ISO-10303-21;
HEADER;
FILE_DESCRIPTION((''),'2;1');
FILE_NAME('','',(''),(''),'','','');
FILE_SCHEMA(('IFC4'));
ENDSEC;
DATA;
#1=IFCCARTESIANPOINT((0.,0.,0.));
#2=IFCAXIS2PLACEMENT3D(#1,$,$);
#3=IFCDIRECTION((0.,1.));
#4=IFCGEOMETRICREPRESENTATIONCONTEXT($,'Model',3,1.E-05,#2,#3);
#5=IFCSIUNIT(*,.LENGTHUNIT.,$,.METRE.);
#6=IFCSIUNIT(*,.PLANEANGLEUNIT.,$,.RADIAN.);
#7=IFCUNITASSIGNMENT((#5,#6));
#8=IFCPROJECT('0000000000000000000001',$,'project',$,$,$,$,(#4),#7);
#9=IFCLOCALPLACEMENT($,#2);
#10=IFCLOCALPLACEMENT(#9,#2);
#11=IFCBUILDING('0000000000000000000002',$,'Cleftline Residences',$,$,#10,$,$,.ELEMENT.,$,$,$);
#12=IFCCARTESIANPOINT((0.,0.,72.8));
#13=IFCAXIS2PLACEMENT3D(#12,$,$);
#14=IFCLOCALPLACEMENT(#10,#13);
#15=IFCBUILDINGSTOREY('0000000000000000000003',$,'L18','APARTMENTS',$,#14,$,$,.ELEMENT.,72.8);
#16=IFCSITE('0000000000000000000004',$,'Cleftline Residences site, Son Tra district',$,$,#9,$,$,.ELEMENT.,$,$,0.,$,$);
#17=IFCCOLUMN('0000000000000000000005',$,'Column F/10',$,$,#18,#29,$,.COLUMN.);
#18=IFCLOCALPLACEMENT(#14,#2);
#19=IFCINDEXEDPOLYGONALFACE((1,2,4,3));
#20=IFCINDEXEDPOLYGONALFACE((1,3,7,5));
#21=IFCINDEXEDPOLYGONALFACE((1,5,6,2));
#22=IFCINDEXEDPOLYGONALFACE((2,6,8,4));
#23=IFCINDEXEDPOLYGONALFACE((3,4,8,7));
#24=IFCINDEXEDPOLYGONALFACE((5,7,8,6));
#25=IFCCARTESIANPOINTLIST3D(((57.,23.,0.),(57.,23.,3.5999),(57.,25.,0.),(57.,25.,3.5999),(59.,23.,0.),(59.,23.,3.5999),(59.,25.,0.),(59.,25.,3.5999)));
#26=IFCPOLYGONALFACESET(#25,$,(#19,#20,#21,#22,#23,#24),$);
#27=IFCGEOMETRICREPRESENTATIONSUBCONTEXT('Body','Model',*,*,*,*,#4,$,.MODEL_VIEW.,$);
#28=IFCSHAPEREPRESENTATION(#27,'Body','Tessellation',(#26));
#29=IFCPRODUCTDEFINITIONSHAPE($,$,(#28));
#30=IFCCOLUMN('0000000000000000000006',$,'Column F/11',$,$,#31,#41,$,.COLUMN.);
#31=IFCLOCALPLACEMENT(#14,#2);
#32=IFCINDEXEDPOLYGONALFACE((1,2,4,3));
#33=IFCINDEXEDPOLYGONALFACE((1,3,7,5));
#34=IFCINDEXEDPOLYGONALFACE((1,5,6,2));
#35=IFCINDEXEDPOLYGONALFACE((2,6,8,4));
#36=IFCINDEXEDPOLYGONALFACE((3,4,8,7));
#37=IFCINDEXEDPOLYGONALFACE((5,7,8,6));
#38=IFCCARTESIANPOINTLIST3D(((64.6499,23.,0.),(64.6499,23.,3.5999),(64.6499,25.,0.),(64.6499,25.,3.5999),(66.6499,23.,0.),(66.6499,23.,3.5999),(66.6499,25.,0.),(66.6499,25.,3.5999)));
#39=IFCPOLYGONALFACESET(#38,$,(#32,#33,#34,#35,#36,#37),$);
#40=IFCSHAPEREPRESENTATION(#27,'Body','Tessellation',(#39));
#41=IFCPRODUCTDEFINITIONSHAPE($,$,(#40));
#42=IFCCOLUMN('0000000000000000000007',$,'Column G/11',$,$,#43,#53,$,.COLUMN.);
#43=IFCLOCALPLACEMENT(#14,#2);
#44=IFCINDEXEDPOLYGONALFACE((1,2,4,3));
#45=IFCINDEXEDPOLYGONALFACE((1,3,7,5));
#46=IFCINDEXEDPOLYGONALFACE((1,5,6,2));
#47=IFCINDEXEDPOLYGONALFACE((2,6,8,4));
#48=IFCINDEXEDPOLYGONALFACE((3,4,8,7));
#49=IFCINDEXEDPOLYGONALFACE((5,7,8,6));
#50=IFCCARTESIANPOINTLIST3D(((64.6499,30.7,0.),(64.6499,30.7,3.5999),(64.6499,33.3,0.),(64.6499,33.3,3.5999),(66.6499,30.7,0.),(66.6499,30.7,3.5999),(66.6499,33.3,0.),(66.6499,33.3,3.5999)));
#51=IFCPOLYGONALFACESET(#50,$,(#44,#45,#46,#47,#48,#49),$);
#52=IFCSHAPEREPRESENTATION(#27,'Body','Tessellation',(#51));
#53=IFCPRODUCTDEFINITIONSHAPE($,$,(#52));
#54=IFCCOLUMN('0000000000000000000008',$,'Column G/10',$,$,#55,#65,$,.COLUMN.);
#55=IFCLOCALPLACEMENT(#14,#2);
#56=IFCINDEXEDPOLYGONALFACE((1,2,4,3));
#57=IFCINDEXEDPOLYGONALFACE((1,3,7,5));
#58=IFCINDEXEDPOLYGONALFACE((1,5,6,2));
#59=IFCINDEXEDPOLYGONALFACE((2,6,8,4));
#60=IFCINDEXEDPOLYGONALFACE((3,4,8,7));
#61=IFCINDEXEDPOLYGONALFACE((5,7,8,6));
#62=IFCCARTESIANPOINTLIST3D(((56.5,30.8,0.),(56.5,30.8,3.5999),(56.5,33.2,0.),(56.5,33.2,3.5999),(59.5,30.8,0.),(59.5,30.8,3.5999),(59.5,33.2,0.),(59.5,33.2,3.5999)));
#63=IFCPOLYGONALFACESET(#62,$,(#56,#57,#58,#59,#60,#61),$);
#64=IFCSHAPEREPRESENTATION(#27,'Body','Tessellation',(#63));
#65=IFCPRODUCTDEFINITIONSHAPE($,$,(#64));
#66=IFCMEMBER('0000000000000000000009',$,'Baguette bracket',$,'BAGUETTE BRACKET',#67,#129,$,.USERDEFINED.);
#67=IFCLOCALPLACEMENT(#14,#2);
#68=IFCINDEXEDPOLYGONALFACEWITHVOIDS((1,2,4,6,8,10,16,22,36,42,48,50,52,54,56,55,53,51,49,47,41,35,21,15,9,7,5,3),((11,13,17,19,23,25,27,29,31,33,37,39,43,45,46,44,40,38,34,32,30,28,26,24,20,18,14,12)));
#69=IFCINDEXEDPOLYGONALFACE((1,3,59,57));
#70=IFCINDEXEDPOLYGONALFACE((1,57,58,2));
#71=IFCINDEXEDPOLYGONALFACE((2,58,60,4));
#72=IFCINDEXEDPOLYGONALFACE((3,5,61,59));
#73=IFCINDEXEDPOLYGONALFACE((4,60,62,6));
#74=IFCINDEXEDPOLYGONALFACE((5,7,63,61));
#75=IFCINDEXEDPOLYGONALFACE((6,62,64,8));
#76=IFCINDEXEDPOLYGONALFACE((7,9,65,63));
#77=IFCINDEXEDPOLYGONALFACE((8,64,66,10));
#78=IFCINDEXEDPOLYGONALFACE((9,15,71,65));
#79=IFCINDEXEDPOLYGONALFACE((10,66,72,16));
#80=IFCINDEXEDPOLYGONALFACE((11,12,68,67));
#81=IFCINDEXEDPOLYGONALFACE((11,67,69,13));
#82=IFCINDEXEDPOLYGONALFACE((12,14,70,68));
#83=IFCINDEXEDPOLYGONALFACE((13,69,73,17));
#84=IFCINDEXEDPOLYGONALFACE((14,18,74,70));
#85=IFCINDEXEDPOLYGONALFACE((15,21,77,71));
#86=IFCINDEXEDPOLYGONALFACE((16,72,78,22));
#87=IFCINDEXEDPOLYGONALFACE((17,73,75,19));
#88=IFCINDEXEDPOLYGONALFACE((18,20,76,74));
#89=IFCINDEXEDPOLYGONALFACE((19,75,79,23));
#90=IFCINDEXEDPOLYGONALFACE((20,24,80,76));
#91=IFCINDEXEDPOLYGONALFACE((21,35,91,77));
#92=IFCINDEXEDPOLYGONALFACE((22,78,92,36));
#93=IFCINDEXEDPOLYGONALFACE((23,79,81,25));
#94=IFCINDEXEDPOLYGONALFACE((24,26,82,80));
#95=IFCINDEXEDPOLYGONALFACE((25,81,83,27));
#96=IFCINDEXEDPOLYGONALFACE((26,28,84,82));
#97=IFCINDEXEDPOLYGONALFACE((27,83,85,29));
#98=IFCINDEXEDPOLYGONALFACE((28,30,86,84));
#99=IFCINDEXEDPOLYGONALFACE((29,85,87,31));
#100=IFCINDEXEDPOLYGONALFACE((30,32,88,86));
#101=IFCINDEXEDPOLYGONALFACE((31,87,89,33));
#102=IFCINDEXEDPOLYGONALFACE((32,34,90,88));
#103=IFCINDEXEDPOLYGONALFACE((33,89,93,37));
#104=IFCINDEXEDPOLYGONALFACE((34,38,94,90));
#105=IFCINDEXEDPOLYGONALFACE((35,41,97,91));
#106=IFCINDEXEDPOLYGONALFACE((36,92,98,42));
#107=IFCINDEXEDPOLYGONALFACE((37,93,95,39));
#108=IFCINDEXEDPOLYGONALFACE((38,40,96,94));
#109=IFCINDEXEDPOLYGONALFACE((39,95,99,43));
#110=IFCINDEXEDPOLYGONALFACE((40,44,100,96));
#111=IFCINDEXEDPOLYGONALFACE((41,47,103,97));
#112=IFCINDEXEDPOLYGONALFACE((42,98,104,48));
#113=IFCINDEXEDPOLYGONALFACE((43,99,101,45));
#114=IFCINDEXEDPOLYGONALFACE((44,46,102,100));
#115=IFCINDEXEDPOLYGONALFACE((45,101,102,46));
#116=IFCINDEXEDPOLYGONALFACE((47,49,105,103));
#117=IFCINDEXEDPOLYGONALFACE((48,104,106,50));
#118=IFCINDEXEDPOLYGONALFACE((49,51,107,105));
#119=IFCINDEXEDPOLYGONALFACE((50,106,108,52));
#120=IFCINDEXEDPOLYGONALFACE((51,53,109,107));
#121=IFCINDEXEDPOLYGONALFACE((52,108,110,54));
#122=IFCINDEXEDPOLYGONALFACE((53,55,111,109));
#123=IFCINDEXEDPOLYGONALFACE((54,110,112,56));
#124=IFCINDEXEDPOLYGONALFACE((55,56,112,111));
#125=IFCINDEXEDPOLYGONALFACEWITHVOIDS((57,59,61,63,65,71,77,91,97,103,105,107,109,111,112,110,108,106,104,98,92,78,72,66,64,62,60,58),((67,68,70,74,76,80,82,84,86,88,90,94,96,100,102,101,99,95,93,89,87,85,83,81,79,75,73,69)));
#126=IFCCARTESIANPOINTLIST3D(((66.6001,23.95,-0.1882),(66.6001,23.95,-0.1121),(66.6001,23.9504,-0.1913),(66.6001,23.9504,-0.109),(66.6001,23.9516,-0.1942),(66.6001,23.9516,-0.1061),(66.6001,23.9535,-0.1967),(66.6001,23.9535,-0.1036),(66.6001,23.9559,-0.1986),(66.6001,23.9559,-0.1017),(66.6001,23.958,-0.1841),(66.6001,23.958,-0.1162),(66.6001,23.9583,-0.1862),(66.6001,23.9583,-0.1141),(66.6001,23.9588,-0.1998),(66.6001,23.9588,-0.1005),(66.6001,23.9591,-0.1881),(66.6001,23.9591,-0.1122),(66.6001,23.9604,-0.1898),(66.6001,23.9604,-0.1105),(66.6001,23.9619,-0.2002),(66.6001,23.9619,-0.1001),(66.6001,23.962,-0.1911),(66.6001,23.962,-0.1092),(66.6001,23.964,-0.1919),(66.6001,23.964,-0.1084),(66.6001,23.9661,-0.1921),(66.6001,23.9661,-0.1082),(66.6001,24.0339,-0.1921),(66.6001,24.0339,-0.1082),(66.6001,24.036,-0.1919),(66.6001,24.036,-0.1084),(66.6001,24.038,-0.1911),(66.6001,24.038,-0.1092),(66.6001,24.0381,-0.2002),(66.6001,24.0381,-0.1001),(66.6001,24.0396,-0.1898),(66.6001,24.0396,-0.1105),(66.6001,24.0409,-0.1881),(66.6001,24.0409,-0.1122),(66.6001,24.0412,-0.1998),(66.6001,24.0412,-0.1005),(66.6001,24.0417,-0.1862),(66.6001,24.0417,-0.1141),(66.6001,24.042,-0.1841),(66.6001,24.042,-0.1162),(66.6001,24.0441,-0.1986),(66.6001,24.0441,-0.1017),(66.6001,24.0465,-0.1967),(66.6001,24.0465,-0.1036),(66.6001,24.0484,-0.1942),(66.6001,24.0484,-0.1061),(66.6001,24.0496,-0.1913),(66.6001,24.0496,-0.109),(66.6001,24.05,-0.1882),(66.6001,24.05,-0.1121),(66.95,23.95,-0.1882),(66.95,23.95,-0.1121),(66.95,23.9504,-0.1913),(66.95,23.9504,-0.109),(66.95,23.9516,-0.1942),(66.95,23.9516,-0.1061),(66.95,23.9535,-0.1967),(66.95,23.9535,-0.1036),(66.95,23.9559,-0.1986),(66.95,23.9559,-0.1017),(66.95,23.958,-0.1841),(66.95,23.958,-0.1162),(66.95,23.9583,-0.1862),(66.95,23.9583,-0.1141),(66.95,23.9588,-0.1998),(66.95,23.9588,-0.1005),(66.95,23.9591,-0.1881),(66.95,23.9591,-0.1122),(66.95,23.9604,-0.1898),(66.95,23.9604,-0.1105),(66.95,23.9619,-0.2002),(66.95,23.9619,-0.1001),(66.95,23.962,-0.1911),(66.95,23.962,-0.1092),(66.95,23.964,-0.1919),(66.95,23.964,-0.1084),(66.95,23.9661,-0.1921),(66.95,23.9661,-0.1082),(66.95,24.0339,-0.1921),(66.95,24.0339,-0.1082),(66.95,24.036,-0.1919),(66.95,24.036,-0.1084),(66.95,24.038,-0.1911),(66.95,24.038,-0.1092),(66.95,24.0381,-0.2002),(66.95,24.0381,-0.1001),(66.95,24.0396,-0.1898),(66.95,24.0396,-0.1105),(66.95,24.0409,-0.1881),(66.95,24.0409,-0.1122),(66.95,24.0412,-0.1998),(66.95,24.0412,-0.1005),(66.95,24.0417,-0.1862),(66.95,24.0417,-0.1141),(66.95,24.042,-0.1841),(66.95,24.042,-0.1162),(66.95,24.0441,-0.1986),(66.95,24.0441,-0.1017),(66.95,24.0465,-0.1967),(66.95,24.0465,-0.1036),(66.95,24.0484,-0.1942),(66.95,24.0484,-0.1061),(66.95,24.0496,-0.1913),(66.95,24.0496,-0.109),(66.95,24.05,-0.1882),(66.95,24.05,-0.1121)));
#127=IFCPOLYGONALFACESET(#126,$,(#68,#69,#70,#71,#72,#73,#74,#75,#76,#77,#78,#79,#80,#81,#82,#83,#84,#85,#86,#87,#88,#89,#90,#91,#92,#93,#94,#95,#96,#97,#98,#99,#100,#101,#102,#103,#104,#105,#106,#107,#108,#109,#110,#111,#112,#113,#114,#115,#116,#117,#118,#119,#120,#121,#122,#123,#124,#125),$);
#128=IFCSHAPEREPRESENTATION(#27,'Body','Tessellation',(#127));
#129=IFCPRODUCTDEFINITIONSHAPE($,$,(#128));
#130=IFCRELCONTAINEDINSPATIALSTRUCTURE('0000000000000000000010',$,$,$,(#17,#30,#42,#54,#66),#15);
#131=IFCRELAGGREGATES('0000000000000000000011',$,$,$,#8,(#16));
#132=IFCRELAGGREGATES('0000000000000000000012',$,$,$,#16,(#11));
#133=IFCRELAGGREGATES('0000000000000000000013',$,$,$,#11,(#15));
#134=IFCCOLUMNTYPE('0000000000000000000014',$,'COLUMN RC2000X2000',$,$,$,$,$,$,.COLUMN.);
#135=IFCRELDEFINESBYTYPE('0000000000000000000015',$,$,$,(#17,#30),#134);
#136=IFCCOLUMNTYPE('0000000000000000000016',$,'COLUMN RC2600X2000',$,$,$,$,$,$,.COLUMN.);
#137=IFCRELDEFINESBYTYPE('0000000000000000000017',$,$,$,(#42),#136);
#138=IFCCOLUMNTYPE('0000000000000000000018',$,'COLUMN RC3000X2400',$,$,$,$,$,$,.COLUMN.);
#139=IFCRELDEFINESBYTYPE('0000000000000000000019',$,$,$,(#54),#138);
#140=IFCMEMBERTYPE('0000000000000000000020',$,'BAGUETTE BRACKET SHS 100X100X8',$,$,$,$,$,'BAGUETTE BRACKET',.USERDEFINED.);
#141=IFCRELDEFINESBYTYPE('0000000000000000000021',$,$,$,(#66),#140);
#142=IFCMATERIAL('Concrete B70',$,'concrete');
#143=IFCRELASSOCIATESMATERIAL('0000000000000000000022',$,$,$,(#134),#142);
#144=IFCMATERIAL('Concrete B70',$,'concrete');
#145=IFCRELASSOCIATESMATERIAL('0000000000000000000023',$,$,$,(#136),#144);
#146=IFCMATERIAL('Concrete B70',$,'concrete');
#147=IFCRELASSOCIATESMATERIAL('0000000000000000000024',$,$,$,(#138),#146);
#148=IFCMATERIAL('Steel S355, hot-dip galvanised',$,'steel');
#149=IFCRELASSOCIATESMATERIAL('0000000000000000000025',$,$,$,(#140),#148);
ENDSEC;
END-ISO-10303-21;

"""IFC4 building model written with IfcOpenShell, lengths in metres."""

from ifc_helpers import new_model, si_unit, direction, frame, origin, origin_2d, place, context, subcontext, project, spatial, rectangle, hollow_rectangle, extrude, material, material_profile, profile_set, type_object, element, save


model = new_model("IFC4")

# Units and contexts
model_context = context("Model", 3, precision=1e-05, world=origin(), true_north=direction((0.0, 1.0)))
body_context = subcontext(model_context, "Body", "Model", "MODEL_VIEW")
ifc_project = project(units=[si_unit("LENGTHUNIT", "METRE"), si_unit("PLANEANGLEUNIT", "RADIAN")], contexts=[model_context])

# Site, building, storey
site_placement = place(None, origin())
site = spatial("IfcSite", under=ifc_project, at=site_placement, Name="Cleftline Residences site, Son Tra district", CompositionType="ELEMENT", RefElevation=0.0)
building_placement = place(site_placement, origin())
building = spatial("IfcBuilding", under=site, at=building_placement, Name="Cleftline Residences", CompositionType="ELEMENT")
storey_placement = place(building_placement, frame((0.0, 0.0, 72.8)))
storey = spatial("IfcBuildingStorey", under=building, at=storey_placement, Name="L18", Description="APARTMENTS", CompositionType="ELEMENT", Elevation=72.8)

# Columns
ifc_material_1 = material(Name="Concrete B70", Category="concrete")
ifc_material_profile_1 = material_profile(ifc_material_1, rectangle(XDim=2.0, YDim=2.0, at=origin_2d()))
ifc_profile_set_1 = profile_set([ifc_material_profile_1], Name="Concrete B70")
column_type_1 = type_object("IfcColumnType", Name="COLUMN RC2000X2000", PredefinedType="COLUMN", material=ifc_profile_set_1)
for number, where, z_axis, x_axis, name in (
    (1, (58.0, 24.0, 0.0), (0.0, 0.0, 1.0), (1.0, 0.0, 0.0), "Column F/10"),
    (2, (65.6499, 24.0, 0.0), (0.0, 0.0, 1.0), (1.0, 0.0, 0.0), "Column F/11"),
):
    element("IfcColumn", number, at=place(storey_placement, frame(where, z_axis=z_axis, x_axis=x_axis)), inside=storey, type_object=column_type_1, Name=name, PredefinedType="COLUMN", context=body_context, shape_type="SweptSolid", body=[
        extrude(rectangle(XDim=2.0, YDim=2.0, at=origin_2d()), origin(), (0.0, 0.0, 1.0), 3.5999),
    ])
ifc_material_2 = material(Name="Concrete B70", Category="concrete")
ifc_material_profile_2 = material_profile(ifc_material_2, rectangle(XDim=2.6001, YDim=2.0, at=origin_2d()))
ifc_profile_set_2 = profile_set([ifc_material_profile_2], Name="Concrete B70")
column_type_2 = type_object("IfcColumnType", Name="COLUMN RC2600X2000", PredefinedType="COLUMN", material=ifc_profile_set_2)
column_1_placement = place(storey_placement, frame((65.6499, 32.0, 0.0), z_axis=(0.0, 0.0, 1.0), x_axis=(0.0, 1.0, 0.0)))
element("IfcColumn", 3, at=column_1_placement, inside=storey, type_object=column_type_2, Name="Column G/11", PredefinedType="COLUMN", context=body_context, shape_type="SweptSolid", body=[
    extrude(rectangle(XDim=2.6001, YDim=2.0, at=origin_2d()), origin(), (0.0, 0.0, 1.0), 3.5999),
])
ifc_material_3 = material(Name="Concrete B70", Category="concrete")
ifc_material_profile_3 = material_profile(ifc_material_3, rectangle(XDim=3.0, YDim=2.3999, at=origin_2d()))
ifc_profile_set_3 = profile_set([ifc_material_profile_3], Name="Concrete B70")
column_type_3 = type_object("IfcColumnType", Name="COLUMN RC3000X2400", PredefinedType="COLUMN", material=ifc_profile_set_3)
column_2_placement = place(storey_placement, frame((58.0, 32.0, 0.0), z_axis=(0.0, 0.0, 1.0), x_axis=(1.0, 0.0, 0.0)))
element("IfcColumn", 4, at=column_2_placement, inside=storey, type_object=column_type_3, Name="Column G/10", PredefinedType="COLUMN", context=body_context, shape_type="SweptSolid", body=[
    extrude(rectangle(XDim=3.0, YDim=2.3999, at=origin_2d()), origin(), (0.0, 0.0, 1.0), 3.5999),
])

# Member
ifc_material_4 = material(Name="Steel S355, hot-dip galvanised", Category="steel")
ifc_material_profile_4 = material_profile(ifc_material_4, hollow_rectangle(XDim=0.1001, YDim=0.1001, WallThickness=0.0081, InnerFilletRadius=0.0081, OuterFilletRadius=0.012, at=origin_2d()))
ifc_profile_set_4 = profile_set([ifc_material_profile_4], Name="Steel S355, hot-dip galvanised")
member_type_1 = type_object("IfcMemberType", Name="BAGUETTE BRACKET SHS 100X100X8", ElementType="BAGUETTE BRACKET", PredefinedType="USERDEFINED", material=ifc_profile_set_4)
member_1_placement = place(storey_placement, frame((66.6001, 24.0, -0.1501), z_axis=(1.0, 0.0, 0.0), x_axis=(0.0, 1.0, 0.0)))
element("IfcMember", 5, at=member_1_placement, inside=storey, type_object=member_type_1, Name="Baguette bracket", ObjectType="BAGUETTE BRACKET", PredefinedType="USERDEFINED", context=body_context, shape_type="SweptSolid", body=[
    extrude(hollow_rectangle(XDim=0.1001, YDim=0.1001, WallThickness=0.0081, InnerFilletRadius=0.0081, OuterFilletRadius=0.012, at=origin_2d()), origin(), (0.0, 0.0, 1.0), 0.3499),
])

save(model, "model.ifc")
